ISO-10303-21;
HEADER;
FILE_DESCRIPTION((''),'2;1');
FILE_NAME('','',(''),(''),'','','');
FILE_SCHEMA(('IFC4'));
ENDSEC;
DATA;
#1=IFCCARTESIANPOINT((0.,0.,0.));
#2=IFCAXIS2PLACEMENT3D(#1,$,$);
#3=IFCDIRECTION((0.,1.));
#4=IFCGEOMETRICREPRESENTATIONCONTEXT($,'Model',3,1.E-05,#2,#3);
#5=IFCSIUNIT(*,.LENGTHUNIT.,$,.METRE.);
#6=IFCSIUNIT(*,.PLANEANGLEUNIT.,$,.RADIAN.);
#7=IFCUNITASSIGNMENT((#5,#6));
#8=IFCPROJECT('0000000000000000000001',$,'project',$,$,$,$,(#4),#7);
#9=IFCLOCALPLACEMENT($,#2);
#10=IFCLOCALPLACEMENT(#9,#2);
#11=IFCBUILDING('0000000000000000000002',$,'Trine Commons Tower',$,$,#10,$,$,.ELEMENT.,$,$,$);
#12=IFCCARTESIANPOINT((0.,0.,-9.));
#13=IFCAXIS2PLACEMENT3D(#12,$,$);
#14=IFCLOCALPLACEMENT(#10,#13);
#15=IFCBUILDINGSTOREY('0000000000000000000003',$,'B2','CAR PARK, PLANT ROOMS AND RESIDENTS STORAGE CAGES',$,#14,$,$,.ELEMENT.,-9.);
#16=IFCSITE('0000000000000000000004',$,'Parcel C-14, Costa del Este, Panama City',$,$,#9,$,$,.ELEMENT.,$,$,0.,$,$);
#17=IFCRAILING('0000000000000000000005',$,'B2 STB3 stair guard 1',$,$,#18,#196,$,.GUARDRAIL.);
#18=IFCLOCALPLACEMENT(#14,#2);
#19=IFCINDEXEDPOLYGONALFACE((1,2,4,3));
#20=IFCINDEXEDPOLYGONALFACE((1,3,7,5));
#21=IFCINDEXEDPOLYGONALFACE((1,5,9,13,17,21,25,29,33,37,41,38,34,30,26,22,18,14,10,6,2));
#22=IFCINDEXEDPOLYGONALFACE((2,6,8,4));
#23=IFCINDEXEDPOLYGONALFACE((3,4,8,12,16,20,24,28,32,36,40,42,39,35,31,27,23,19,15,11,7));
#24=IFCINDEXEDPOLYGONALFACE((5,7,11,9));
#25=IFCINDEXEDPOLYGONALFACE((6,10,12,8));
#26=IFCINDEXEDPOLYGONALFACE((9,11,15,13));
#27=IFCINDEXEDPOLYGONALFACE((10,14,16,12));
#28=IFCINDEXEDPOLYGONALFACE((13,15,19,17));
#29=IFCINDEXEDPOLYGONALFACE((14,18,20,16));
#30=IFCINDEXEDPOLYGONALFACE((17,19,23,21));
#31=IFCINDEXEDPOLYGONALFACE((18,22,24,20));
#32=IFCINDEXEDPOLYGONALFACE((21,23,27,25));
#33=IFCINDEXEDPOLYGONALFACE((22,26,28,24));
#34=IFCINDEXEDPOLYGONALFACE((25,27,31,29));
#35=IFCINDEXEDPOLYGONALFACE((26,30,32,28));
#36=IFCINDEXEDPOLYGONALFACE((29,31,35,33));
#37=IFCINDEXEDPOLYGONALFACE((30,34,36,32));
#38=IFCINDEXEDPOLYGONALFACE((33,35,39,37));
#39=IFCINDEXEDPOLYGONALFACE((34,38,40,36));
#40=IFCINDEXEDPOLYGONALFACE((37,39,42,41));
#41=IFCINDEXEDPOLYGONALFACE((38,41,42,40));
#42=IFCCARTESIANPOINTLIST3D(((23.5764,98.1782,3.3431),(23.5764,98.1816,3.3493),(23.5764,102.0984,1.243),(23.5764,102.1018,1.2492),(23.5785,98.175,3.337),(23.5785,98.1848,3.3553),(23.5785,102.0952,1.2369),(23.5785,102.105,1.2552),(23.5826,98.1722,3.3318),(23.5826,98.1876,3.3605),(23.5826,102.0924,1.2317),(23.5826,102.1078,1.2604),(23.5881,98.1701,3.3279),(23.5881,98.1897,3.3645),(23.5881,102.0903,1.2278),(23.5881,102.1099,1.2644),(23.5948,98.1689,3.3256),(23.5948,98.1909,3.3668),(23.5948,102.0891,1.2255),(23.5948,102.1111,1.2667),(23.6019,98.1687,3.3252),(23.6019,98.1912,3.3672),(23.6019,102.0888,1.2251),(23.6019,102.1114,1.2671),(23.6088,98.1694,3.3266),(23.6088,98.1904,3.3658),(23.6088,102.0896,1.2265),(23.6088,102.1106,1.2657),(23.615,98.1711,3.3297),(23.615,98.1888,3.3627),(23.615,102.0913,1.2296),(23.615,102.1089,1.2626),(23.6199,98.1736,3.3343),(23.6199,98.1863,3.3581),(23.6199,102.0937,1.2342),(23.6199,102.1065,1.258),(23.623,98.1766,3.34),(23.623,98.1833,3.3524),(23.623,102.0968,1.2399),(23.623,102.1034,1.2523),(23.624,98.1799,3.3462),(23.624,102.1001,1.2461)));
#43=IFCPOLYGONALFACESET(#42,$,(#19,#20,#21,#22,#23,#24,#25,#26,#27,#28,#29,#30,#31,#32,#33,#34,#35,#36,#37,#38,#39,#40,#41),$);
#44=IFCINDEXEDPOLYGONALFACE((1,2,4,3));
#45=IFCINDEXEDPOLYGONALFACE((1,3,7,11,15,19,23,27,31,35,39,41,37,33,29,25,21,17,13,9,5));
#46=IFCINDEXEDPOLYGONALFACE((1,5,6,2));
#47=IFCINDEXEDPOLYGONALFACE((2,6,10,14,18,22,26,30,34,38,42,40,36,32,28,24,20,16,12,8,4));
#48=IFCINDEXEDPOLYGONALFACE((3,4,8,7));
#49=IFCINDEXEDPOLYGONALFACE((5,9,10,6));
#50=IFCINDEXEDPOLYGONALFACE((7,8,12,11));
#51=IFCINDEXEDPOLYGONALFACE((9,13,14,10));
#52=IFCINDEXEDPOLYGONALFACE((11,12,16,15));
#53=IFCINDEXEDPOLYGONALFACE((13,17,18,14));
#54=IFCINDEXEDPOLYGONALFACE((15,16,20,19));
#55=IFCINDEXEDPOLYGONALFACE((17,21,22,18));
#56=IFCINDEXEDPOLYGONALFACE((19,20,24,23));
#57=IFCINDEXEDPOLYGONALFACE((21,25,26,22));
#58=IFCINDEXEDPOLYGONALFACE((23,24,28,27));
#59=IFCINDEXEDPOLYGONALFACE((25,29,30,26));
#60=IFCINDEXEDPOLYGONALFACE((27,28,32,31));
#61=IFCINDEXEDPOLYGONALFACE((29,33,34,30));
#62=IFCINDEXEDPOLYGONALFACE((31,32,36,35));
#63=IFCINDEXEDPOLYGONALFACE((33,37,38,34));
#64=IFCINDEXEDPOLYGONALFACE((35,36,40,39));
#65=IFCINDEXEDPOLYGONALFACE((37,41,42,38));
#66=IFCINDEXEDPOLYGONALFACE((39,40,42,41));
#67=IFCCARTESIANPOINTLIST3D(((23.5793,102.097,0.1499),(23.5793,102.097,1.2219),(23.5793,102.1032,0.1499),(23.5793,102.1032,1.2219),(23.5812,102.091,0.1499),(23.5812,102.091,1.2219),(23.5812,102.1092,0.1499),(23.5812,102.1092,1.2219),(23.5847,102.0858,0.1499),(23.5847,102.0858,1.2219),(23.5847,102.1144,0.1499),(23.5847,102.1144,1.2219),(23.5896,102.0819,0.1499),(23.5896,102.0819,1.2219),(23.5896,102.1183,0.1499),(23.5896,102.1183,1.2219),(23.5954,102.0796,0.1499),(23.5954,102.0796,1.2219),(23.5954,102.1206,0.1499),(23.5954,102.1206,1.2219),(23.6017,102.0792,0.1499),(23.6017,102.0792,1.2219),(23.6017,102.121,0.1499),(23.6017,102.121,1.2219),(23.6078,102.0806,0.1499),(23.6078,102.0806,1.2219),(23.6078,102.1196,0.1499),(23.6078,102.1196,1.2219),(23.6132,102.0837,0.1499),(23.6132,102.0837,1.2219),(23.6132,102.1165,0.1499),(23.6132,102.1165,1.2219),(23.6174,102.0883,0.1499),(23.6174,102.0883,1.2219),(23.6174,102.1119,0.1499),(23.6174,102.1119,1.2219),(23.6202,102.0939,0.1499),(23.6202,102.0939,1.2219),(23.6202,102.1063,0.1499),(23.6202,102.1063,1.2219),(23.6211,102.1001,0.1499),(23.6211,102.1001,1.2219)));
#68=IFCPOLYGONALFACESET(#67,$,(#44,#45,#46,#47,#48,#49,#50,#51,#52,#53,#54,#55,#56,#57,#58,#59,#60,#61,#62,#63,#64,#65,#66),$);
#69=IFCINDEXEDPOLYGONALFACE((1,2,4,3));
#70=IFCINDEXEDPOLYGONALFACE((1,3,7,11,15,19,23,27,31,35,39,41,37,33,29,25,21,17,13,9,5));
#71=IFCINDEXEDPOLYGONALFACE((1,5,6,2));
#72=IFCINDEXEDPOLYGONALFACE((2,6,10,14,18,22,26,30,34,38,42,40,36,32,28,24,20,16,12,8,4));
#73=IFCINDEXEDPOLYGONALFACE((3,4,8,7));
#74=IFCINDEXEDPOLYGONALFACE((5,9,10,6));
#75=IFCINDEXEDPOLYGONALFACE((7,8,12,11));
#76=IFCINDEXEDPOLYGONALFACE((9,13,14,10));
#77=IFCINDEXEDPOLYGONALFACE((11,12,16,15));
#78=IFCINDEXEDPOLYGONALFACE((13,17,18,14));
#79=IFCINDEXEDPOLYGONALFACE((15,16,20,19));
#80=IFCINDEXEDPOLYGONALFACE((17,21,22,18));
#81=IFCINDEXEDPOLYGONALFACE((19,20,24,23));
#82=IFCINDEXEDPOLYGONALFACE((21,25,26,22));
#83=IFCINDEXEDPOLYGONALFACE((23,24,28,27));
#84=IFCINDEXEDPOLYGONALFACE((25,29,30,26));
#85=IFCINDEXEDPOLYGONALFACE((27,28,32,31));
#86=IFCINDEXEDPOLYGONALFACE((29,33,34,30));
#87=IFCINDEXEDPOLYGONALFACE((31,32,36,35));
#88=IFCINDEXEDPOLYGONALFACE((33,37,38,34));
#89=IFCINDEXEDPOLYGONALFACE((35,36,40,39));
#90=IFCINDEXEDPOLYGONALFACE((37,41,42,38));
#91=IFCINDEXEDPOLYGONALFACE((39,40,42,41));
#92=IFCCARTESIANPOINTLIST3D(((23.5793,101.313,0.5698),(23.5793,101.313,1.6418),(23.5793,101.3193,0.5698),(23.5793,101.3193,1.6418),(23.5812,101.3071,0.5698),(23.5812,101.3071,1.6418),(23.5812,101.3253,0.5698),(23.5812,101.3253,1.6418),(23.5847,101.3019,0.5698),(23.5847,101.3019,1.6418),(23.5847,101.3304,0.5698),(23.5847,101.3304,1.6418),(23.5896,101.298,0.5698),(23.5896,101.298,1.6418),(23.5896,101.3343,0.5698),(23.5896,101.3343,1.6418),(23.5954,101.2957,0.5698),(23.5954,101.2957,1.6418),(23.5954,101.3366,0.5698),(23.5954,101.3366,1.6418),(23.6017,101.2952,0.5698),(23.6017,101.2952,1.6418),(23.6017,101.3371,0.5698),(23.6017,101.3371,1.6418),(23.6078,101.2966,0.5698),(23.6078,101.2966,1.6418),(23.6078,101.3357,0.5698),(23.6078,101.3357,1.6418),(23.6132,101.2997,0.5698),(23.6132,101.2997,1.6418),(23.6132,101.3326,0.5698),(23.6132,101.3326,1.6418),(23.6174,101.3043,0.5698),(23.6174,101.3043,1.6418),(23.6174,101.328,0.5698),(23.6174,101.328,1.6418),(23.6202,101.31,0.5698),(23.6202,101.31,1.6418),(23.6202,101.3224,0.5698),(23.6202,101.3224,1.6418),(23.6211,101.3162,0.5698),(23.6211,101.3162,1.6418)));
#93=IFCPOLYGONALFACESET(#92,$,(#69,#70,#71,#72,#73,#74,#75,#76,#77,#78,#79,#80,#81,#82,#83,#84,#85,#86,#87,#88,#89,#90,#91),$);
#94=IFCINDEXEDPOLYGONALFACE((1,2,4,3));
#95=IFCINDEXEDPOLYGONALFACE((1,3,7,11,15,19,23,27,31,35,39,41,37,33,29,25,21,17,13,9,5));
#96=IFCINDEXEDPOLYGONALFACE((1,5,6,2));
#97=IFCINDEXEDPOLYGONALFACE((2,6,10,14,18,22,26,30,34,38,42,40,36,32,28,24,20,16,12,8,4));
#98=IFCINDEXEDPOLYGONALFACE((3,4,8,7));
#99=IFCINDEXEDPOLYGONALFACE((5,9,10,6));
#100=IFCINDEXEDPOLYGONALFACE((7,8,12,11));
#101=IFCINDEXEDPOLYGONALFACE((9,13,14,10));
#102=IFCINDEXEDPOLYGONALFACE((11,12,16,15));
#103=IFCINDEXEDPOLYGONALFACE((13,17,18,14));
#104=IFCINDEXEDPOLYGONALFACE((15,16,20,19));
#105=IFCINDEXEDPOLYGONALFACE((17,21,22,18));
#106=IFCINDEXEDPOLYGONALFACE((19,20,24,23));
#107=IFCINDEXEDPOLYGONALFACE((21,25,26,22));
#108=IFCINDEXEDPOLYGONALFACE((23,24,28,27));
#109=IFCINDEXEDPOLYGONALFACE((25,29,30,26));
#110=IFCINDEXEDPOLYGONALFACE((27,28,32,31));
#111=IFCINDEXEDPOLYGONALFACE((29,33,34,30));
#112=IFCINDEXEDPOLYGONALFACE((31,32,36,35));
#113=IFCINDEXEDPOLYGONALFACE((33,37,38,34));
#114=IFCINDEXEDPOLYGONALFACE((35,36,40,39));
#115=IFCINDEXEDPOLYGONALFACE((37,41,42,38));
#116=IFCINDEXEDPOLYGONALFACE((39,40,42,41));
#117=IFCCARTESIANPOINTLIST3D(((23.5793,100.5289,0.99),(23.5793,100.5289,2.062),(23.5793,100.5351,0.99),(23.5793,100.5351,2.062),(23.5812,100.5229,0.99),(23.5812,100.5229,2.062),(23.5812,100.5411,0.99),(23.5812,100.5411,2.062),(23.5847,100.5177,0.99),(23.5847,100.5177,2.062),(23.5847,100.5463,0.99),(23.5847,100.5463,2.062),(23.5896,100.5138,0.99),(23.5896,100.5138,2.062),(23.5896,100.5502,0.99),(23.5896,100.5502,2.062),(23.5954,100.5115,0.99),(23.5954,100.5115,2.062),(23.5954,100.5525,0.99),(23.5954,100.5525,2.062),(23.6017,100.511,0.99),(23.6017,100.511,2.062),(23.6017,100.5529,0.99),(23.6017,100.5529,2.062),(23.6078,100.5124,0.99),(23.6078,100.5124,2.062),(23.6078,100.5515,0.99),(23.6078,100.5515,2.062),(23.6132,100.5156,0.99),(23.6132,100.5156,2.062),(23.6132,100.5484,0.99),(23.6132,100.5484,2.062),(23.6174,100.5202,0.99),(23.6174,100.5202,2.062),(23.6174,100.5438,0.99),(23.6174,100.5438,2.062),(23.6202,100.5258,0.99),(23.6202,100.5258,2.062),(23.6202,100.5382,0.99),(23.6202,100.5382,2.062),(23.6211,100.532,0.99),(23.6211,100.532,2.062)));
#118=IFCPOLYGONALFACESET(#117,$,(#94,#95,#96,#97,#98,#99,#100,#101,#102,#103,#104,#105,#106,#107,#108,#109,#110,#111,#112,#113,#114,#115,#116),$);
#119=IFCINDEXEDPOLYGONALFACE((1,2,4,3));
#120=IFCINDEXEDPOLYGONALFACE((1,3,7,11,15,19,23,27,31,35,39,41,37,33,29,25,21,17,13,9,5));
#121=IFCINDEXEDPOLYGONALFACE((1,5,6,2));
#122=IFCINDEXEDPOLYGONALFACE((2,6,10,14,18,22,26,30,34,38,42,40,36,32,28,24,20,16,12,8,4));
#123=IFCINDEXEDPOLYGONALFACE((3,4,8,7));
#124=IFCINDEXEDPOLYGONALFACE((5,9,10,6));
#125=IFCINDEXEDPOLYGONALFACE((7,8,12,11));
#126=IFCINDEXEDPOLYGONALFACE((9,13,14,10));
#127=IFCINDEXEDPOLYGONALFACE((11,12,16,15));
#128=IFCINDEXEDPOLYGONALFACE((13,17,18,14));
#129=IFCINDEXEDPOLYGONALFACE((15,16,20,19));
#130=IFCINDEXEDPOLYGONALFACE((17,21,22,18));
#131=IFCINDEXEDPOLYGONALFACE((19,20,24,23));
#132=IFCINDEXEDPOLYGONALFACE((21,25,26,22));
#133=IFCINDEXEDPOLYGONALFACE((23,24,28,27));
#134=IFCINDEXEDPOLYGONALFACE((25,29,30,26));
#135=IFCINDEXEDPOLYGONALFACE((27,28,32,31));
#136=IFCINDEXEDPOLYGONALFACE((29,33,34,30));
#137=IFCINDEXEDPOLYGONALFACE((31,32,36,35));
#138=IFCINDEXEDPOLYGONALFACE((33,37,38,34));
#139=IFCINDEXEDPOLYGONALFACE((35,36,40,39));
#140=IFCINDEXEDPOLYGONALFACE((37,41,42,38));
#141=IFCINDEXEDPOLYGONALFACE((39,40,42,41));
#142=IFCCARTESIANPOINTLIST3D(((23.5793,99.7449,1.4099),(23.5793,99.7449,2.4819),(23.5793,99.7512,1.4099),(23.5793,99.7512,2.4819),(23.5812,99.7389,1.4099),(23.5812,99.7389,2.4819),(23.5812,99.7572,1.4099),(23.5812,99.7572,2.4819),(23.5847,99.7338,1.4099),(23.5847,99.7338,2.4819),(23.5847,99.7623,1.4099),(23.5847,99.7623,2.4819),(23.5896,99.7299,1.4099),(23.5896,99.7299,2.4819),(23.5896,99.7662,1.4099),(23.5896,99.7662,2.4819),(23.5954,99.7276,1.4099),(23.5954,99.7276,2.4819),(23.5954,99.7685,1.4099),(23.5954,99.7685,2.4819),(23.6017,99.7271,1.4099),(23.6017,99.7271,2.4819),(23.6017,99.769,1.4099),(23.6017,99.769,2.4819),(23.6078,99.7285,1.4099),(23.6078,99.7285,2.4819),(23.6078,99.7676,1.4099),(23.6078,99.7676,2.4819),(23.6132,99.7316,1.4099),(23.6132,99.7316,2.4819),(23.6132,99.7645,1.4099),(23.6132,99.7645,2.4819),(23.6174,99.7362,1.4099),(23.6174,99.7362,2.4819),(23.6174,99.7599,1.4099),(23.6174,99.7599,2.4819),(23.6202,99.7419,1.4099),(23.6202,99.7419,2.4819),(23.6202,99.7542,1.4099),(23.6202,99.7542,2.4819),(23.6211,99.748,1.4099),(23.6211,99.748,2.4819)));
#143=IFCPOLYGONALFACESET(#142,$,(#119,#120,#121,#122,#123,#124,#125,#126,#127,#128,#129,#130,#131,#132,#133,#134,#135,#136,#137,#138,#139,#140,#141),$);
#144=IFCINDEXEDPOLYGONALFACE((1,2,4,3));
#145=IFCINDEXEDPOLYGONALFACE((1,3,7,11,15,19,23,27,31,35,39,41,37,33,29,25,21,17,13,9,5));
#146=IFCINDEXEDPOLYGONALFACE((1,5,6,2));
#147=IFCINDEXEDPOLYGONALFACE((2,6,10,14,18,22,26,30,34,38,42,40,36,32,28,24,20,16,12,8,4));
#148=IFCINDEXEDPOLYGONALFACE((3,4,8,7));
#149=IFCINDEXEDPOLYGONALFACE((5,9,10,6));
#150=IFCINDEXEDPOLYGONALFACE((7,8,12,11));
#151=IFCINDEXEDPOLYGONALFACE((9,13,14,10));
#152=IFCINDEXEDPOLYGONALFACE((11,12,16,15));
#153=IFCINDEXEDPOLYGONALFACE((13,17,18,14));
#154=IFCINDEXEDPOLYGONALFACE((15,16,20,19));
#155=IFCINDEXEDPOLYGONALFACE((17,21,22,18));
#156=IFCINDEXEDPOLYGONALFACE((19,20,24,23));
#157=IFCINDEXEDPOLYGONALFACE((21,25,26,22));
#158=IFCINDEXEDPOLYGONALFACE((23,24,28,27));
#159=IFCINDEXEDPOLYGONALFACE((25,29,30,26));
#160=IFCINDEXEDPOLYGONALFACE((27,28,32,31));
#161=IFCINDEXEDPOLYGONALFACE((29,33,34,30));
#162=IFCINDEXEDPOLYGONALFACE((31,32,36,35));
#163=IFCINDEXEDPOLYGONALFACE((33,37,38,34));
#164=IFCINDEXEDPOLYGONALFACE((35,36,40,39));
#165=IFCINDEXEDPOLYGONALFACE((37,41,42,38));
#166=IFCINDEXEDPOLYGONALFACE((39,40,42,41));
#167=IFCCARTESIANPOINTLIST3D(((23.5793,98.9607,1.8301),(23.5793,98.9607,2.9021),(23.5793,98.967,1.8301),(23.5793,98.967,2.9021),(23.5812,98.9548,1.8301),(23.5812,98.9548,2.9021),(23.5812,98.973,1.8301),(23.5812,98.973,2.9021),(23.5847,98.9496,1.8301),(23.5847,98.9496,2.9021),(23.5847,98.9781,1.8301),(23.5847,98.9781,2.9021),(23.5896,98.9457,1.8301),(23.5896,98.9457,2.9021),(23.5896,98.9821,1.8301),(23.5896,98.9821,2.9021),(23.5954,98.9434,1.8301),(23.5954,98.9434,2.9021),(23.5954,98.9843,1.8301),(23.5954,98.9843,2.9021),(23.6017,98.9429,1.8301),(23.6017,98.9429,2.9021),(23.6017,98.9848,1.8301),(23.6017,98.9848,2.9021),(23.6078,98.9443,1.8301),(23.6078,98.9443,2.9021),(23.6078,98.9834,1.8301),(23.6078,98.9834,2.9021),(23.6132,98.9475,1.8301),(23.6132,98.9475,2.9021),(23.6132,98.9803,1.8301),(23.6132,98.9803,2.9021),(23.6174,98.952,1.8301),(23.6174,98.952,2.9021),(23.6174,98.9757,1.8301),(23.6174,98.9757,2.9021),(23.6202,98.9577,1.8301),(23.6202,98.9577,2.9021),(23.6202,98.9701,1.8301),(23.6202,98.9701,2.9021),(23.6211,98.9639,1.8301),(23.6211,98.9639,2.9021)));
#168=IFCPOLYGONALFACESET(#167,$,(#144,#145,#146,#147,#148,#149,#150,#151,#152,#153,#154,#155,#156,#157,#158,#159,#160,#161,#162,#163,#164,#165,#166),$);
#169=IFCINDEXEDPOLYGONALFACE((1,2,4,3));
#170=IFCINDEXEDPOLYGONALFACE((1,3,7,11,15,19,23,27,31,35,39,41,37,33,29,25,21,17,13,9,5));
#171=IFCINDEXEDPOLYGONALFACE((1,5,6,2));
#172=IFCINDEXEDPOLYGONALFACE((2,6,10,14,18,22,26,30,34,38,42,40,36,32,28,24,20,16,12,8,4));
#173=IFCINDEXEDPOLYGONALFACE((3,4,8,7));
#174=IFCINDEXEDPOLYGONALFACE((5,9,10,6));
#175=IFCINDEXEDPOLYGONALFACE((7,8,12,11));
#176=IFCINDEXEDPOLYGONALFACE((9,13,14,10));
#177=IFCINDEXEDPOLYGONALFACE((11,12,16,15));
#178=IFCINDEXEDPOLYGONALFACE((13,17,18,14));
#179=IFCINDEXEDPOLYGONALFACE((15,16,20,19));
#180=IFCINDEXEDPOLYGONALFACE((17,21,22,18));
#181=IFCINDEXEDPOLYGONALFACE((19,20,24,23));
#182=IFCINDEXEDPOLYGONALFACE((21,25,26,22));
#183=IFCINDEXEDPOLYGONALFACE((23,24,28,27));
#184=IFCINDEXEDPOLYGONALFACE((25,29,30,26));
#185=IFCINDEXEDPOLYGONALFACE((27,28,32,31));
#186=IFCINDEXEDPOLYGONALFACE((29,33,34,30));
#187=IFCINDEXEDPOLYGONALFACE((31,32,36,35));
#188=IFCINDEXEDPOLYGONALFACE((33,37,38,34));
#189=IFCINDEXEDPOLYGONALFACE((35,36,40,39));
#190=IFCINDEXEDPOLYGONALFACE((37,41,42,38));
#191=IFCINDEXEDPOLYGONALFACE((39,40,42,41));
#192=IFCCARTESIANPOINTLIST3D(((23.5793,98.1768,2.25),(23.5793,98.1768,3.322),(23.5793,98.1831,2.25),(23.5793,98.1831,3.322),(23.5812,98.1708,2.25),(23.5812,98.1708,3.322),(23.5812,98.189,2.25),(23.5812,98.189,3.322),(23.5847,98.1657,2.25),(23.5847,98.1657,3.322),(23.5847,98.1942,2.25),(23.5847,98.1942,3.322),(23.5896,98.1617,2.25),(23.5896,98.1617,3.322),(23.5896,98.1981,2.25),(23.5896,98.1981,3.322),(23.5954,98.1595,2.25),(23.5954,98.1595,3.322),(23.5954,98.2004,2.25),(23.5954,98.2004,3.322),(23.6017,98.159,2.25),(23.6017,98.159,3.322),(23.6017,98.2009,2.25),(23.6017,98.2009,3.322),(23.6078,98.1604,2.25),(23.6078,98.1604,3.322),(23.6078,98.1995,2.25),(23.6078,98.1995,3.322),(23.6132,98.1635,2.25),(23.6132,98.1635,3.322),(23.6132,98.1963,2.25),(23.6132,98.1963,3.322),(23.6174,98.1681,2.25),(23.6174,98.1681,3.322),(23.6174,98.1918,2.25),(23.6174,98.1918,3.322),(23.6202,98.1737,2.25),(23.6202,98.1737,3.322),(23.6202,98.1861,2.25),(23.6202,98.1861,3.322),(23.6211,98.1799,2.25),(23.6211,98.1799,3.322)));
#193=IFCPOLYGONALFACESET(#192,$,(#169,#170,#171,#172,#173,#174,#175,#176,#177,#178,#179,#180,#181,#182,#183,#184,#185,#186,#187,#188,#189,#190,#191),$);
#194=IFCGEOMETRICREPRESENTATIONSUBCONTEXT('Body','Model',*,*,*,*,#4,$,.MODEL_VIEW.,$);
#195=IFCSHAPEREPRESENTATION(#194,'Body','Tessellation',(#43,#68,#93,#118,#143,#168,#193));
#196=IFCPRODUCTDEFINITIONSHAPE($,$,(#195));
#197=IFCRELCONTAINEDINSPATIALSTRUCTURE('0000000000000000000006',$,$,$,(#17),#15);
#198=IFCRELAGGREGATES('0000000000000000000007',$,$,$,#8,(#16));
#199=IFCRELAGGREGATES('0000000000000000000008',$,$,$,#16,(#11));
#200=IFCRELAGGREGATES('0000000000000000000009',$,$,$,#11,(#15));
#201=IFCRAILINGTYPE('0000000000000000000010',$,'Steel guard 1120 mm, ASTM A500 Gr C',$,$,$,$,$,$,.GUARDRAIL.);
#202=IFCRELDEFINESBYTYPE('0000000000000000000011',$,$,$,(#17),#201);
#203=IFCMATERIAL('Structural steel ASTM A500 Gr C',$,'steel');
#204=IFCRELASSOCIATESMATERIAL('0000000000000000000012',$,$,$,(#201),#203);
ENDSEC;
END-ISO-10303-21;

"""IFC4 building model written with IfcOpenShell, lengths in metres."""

from ifc_helpers import new_model, si_unit, direction, frame, origin, origin_2d, place, context, subcontext, project, spatial, circle, extrude, material, type_object, element, save


model = new_model("IFC4")

# Units and contexts
model_context = context("Model", 3, precision=1e-05, world=origin(), true_north=direction((0.0, 1.0)))
body_context = subcontext(model_context, "Body", "Model", "MODEL_VIEW")
ifc_project = project(units=[si_unit("LENGTHUNIT", "METRE"), si_unit("PLANEANGLEUNIT", "RADIAN")], contexts=[model_context])

# Site, building, storey
site_placement = place(None, origin())
site = spatial("IfcSite", under=ifc_project, at=site_placement, Name="Parcel C-14, Costa del Este, Panama City", CompositionType="ELEMENT", RefElevation=0.0)
building_placement = place(site_placement, origin())
building = spatial("IfcBuilding", under=site, at=building_placement, Name="Trine Commons Tower", CompositionType="ELEMENT")
storey_placement = place(building_placement, frame((0.0, 0.0, -9.0)))
storey = spatial("IfcBuildingStorey", under=building, at=storey_placement, Name="B2", Description="CAR PARK, PLANT ROOMS AND RESIDENTS STORAGE CAGES", CompositionType="ELEMENT", Elevation=-9.0)

# Railing
ifc_material_1 = material(Name="Structural steel ASTM A500 Gr C", Category="steel")
railing_type_1 = type_object("IfcRailingType", Name="Steel guard 1120 mm, ASTM A500 Gr C", PredefinedType="GUARDRAIL", material=ifc_material_1)
railing_1_placement = place(storey_placement, frame((23.6001, 102.1001, 0.1499)))
element("IfcRailing", 1, at=railing_1_placement, inside=storey, type_object=railing_type_1, Name="B2 STB3 stair guard 1", PredefinedType="GUARDRAIL", context=body_context, shape_type="SweptSolid", body=[
    extrude(circle(Radius=0.0239, at=origin_2d()), frame((0.0, 0.0, 1.0962), z_axis=(0.0, -0.881479, 0.472223), x_axis=(1.0, 0.0, 0.0)), (0.0, 0.0, 1.0), 4.4473),
    extrude(circle(Radius=0.021, at=origin_2d()), origin(), (0.0, 0.0, 1.0), 1.072),
    extrude(circle(Radius=0.021, at=origin_2d()), frame((0.0, -0.7839, 0.4199)), (0.0, 0.0, 1.0), 1.072),
    extrude(circle(Radius=0.021, at=origin_2d()), frame((0.0, -1.5681, 0.8401)), (0.0, 0.0, 1.0), 1.072),
    extrude(circle(Radius=0.021, at=origin_2d()), frame((0.0, -2.3521, 1.26)), (0.0, 0.0, 1.0), 1.072),
    extrude(circle(Radius=0.021, at=origin_2d()), frame((0.0, -3.1362, 1.6802)), (0.0, 0.0, 1.0), 1.072),
    extrude(circle(Radius=0.021, at=origin_2d()), frame((0.0, -3.9202, 2.1001)), (0.0, 0.0, 1.0), 1.072),
])

save(model, "model.ifc")
